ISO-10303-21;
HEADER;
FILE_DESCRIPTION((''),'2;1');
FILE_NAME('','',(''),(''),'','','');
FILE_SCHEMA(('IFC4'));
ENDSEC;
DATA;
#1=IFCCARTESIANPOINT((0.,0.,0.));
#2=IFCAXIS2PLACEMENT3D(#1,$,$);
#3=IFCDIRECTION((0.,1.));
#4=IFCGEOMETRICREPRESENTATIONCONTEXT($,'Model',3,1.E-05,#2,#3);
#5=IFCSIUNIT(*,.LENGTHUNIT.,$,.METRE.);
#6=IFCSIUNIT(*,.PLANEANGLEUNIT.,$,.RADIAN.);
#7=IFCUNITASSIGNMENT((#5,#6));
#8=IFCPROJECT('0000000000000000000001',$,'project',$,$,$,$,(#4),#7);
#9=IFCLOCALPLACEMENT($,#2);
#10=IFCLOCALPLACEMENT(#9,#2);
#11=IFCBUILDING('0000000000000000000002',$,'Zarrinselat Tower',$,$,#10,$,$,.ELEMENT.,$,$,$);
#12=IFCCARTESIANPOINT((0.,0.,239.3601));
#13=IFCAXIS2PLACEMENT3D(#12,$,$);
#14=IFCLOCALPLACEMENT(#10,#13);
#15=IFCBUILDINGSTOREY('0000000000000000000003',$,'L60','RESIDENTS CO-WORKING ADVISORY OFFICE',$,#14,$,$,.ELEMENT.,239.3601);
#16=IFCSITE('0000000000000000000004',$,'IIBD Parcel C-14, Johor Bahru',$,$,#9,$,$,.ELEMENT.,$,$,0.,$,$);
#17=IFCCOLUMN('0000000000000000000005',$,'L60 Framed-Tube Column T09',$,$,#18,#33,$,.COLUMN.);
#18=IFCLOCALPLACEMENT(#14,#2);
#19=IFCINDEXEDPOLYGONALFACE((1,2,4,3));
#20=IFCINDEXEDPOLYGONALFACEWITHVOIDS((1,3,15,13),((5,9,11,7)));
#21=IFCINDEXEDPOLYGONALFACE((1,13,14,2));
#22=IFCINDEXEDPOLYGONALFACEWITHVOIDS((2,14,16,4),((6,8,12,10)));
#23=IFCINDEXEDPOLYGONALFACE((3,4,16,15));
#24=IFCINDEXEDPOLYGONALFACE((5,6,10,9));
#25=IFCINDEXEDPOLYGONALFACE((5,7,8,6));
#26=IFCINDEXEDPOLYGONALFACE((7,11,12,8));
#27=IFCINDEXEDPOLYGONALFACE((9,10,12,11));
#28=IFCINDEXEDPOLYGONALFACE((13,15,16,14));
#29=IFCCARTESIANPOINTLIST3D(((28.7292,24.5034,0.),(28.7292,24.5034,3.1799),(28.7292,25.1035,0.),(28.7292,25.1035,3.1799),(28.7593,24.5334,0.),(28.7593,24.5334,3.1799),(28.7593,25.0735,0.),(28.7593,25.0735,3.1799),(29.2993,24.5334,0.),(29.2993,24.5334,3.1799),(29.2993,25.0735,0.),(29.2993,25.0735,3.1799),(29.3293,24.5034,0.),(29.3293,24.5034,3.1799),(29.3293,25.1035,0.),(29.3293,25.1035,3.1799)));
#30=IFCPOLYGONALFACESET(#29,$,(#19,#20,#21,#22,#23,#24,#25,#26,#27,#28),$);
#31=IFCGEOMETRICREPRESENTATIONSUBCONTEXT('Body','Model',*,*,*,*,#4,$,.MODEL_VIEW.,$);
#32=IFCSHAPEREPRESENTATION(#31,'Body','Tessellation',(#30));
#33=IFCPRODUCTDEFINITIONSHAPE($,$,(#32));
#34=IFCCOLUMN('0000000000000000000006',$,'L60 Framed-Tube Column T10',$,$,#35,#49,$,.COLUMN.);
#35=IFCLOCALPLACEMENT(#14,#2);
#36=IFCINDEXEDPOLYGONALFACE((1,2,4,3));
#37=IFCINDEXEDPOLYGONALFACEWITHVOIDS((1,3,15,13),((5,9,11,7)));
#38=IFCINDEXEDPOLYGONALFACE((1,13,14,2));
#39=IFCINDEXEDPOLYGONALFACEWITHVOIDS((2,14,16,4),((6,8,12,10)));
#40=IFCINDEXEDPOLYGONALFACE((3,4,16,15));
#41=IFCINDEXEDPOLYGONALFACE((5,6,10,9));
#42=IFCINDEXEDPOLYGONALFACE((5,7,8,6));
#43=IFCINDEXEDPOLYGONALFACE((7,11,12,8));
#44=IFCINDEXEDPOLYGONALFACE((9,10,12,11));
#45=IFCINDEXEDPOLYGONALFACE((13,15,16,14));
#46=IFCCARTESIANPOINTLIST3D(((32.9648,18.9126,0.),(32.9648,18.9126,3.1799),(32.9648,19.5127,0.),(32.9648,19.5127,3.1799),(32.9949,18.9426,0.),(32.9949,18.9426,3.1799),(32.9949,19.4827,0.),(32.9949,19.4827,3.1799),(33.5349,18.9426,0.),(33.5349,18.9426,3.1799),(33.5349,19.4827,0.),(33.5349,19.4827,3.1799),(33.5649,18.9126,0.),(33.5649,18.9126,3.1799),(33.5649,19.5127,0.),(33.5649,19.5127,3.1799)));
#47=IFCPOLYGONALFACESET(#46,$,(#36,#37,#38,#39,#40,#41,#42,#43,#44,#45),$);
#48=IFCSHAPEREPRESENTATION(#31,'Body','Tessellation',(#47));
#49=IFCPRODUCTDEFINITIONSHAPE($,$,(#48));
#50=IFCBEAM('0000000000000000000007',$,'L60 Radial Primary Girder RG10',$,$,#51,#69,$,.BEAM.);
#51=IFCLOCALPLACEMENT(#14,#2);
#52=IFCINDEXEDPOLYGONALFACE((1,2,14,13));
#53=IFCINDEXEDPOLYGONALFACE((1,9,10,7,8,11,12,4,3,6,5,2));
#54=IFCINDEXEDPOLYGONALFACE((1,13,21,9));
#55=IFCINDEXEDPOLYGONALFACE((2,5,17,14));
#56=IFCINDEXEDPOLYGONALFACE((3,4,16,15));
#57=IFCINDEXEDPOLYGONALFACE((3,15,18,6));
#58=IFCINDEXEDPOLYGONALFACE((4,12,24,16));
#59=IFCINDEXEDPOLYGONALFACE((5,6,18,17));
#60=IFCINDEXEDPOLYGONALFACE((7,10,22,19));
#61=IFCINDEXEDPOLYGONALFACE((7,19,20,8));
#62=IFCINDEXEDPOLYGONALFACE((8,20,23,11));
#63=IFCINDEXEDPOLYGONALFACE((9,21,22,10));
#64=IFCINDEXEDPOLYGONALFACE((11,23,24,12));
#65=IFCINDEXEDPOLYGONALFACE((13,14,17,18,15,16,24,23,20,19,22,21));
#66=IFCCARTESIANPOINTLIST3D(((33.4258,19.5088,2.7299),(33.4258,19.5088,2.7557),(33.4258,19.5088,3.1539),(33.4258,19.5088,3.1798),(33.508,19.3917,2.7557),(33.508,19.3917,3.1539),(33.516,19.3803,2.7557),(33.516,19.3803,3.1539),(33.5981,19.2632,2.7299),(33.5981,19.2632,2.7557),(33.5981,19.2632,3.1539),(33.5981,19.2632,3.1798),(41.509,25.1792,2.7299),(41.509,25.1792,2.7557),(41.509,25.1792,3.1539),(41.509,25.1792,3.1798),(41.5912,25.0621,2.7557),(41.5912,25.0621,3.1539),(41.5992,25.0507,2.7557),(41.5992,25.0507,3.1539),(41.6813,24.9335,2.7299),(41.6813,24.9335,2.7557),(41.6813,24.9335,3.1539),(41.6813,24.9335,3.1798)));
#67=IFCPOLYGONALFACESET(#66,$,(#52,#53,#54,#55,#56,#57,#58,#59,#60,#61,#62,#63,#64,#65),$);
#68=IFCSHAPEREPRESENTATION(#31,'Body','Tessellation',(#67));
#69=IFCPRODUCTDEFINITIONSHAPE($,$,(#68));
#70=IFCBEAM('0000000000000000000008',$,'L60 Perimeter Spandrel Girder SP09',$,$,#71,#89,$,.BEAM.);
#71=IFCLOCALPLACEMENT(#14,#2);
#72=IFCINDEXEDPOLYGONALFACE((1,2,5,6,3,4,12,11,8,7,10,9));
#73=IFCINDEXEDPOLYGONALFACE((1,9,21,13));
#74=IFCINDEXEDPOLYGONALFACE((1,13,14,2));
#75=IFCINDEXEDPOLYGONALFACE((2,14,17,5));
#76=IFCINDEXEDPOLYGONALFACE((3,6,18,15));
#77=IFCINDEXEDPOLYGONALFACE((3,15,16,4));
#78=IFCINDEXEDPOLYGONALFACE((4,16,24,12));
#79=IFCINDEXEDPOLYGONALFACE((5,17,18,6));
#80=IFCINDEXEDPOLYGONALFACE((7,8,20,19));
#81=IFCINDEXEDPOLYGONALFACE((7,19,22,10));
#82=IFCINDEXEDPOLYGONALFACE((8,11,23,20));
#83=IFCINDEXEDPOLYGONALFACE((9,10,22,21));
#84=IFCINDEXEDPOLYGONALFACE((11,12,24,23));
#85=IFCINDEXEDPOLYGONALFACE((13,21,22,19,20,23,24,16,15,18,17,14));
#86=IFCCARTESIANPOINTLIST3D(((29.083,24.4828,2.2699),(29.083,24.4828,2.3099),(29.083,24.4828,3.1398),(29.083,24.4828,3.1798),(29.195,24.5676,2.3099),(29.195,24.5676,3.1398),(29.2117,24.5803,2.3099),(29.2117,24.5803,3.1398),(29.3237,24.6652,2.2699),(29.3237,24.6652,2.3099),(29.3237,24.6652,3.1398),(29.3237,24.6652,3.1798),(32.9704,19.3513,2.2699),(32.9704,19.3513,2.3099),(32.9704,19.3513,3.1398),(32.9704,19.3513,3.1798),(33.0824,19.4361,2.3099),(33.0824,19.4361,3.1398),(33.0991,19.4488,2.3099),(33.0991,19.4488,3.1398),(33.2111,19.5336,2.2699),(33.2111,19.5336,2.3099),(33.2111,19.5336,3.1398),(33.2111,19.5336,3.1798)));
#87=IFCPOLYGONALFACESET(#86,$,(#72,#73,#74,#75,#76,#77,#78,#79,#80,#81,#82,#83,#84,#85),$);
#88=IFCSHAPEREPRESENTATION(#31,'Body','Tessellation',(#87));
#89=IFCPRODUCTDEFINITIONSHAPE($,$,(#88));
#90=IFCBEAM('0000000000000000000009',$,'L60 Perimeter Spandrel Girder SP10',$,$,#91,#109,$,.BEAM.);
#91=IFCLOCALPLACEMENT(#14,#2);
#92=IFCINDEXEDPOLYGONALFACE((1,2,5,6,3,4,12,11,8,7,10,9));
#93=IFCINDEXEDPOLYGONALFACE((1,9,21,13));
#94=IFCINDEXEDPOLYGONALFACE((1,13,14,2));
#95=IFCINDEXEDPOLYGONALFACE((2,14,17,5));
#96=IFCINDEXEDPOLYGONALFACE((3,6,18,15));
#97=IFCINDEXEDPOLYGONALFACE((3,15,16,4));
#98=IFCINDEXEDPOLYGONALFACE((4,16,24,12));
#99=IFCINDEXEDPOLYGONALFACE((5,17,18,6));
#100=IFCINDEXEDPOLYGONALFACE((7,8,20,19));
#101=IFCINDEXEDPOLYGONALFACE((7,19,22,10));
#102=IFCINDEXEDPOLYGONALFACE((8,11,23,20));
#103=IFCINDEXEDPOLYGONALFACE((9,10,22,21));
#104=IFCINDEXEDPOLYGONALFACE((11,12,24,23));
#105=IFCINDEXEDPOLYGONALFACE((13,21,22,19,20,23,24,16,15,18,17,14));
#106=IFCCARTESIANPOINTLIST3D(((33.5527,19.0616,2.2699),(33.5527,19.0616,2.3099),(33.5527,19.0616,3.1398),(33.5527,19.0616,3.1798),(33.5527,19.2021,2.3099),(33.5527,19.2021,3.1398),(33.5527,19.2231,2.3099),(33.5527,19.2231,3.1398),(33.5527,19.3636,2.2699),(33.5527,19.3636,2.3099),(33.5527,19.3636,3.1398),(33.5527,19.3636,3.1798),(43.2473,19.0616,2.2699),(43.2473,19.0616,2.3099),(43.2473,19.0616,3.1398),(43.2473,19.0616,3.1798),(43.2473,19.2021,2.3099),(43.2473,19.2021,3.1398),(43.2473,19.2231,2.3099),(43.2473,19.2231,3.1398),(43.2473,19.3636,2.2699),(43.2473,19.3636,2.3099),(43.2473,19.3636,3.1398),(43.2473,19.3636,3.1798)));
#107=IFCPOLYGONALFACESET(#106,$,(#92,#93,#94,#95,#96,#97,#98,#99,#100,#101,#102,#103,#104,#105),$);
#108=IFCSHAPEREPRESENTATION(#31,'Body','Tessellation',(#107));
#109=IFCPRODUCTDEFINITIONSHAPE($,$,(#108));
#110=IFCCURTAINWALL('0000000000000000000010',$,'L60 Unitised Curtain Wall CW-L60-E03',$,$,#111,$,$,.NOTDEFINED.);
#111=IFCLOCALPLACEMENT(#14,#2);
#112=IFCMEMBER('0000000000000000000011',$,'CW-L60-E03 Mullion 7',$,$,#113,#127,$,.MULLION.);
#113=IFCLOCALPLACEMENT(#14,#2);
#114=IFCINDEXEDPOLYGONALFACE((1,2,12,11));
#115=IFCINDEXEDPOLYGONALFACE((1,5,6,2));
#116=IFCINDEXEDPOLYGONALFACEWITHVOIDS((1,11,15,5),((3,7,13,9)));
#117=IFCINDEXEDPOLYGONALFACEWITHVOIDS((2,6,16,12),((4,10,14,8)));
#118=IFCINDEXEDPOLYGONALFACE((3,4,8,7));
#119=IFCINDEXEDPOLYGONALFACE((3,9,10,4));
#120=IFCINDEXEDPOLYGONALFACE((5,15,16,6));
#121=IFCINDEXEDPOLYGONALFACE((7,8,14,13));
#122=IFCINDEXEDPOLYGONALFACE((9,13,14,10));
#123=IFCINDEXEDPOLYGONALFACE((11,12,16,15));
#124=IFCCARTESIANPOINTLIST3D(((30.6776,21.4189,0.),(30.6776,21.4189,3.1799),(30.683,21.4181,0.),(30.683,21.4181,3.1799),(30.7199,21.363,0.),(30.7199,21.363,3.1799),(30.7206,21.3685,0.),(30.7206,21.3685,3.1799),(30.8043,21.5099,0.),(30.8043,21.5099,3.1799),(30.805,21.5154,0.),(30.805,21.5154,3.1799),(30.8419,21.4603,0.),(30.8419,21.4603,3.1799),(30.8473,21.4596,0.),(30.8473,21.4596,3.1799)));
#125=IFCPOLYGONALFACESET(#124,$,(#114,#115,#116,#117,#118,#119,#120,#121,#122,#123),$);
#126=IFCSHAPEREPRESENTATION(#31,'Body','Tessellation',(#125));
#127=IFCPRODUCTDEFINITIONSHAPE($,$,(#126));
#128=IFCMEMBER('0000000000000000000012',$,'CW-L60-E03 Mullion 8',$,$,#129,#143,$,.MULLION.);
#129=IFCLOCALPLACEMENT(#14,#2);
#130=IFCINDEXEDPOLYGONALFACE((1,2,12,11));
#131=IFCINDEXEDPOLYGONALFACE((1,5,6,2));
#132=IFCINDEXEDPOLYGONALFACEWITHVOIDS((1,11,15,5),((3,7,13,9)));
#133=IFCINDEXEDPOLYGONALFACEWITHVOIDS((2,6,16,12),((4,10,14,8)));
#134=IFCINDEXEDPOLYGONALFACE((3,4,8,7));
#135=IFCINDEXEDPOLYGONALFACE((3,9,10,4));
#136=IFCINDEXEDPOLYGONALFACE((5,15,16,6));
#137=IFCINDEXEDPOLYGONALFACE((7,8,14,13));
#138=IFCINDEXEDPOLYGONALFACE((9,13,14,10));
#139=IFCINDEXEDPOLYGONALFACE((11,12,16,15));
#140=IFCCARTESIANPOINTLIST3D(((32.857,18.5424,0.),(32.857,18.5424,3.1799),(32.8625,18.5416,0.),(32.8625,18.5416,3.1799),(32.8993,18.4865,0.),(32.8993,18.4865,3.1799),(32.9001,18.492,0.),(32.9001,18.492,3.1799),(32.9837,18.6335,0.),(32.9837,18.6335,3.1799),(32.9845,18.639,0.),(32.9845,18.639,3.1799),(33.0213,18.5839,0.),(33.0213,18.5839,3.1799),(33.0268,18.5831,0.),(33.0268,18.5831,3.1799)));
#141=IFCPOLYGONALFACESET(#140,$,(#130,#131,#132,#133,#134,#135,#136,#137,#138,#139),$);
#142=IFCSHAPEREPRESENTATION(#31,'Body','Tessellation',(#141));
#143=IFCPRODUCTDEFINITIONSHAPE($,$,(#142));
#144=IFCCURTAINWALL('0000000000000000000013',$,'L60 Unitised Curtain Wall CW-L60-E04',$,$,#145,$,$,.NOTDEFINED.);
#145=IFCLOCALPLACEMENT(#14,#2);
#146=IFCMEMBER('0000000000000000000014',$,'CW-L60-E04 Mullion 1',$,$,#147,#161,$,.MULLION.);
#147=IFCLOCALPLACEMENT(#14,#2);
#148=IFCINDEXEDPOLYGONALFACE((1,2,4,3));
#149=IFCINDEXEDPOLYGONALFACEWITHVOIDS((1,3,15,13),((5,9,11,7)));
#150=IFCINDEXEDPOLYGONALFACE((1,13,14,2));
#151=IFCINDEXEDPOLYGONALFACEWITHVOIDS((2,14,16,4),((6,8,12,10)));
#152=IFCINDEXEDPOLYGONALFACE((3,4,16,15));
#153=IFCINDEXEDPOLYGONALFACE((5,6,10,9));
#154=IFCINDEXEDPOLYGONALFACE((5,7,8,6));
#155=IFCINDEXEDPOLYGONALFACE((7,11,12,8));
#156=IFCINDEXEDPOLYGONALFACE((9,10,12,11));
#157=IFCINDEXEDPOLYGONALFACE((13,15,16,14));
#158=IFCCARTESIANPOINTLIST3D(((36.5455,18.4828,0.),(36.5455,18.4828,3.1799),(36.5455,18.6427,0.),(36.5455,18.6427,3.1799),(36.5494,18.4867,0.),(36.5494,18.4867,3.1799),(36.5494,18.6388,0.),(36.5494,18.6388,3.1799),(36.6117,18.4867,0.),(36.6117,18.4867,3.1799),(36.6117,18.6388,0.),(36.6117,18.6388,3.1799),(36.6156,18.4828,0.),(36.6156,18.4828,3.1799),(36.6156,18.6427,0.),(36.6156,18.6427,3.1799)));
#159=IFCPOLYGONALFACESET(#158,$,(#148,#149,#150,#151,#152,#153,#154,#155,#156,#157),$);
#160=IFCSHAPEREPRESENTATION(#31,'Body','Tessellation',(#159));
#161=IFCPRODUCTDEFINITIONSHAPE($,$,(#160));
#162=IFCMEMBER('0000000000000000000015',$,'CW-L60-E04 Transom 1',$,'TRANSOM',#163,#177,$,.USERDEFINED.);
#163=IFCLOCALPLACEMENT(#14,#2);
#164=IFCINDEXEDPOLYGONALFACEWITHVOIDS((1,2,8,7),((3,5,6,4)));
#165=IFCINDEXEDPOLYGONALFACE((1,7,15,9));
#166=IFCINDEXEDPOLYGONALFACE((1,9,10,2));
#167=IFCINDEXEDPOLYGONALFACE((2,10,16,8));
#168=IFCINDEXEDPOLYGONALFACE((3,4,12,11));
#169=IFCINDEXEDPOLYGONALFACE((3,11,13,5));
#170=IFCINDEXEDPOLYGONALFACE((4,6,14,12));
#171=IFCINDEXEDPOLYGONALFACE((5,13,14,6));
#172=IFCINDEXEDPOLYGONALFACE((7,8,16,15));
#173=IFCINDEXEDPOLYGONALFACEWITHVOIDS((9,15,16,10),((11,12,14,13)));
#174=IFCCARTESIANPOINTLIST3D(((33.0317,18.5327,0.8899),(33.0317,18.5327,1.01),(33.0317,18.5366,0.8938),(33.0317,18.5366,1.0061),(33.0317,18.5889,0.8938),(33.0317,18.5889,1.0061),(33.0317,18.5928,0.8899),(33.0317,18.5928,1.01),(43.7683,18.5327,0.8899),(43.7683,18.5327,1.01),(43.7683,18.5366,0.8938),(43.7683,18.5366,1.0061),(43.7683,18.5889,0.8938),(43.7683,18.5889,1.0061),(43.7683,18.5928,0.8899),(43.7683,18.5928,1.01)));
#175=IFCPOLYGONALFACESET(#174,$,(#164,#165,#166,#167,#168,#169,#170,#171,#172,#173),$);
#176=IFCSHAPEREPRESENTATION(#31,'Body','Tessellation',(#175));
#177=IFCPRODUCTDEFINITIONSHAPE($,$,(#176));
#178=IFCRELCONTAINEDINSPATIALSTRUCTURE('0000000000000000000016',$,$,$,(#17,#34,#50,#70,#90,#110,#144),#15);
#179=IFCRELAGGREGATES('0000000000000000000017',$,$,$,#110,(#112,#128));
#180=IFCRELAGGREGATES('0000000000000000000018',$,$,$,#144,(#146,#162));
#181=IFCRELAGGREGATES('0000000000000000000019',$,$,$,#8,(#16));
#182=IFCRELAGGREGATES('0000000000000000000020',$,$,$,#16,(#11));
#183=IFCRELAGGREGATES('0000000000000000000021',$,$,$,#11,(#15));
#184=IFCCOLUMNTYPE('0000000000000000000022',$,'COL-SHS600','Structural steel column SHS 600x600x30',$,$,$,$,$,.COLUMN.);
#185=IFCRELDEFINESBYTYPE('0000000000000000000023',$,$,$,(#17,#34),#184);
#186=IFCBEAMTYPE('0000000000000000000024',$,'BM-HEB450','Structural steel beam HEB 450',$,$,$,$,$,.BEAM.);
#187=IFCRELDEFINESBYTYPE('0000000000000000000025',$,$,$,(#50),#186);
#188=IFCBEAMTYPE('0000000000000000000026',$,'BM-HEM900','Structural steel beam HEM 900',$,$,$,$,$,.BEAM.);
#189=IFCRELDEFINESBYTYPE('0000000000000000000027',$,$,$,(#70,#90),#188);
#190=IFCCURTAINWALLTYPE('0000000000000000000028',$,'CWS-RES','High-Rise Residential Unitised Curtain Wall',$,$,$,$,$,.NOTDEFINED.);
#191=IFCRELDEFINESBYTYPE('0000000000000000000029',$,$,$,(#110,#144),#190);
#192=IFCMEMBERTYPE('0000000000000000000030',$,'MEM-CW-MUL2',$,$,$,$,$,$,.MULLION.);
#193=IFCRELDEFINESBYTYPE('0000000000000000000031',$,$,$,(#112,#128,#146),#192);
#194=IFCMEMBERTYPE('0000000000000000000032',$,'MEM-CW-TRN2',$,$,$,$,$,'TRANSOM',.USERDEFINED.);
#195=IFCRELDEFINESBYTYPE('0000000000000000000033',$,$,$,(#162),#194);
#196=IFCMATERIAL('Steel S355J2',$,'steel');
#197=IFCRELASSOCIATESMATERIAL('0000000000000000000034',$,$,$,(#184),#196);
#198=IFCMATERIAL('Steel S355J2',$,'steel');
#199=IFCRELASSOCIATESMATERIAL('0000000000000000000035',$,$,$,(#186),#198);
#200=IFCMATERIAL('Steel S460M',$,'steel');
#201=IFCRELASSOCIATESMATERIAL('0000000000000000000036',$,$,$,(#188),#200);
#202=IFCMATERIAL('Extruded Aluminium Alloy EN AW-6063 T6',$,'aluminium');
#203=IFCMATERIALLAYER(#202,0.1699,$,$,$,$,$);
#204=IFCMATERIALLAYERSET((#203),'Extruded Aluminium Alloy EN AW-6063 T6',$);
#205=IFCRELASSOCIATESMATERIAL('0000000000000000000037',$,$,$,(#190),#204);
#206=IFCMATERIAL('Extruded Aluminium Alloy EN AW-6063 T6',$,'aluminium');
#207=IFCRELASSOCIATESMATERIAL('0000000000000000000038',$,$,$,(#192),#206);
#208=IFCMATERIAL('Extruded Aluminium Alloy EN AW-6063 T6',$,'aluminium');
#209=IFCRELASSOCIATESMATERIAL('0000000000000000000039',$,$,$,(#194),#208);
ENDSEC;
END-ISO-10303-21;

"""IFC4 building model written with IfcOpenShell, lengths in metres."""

from ifc_helpers import new_model, si_unit, direction, frame, origin, origin_2d, place, context, subcontext, project, spatial, hollow_rectangle, i_section, extrude, material, layer, layer_set, material_profile, profile_set, type_object, element, aggregate, save


model = new_model("IFC4")

# Units and contexts
model_context = context("Model", 3, precision=1e-05, world=origin(), true_north=direction((0.0, 1.0)))
body_context = subcontext(model_context, "Body", "Model", "MODEL_VIEW")
ifc_project = project(units=[si_unit("LENGTHUNIT", "METRE"), si_unit("PLANEANGLEUNIT", "RADIAN")], contexts=[model_context])

# Site, building, storey
site_placement = place(None, origin())
site = spatial("IfcSite", under=ifc_project, at=site_placement, Name="IIBD Parcel C-14, Johor Bahru", CompositionType="ELEMENT", RefElevation=0.0)
building_placement = place(site_placement, origin())
building = spatial("IfcBuilding", under=site, at=building_placement, Name="Zarrinselat Tower", CompositionType="ELEMENT")
storey_placement = place(building_placement, frame((0.0, 0.0, 239.3601)))
storey = spatial("IfcBuildingStorey", under=building, at=storey_placement, Name="L60", Description="RESIDENTS CO-WORKING ADVISORY OFFICE", CompositionType="ELEMENT", Elevation=239.3601)

# Columns
ifc_material_1 = material(Name="Steel S355J2", Category="steel")
ifc_material_profile_1 = material_profile(ifc_material_1, hollow_rectangle(XDim=0.6001, YDim=0.6001, WallThickness=0.03, at=origin_2d()), Name="SHS 600x600x30")
ifc_profile_set_1 = profile_set([ifc_material_profile_1], Name="Steel S355J2")
column_type = type_object("IfcColumnType", Name="COL-SHS600", Description="Structural steel column SHS 600x600x30", PredefinedType="COLUMN", material=ifc_profile_set_1)
for number, where, z_axis, x_axis, name in (
    (1, (29.0293, 24.8035, 0.0), (0.0, 0.0, 1.0), (1.0, 0.0, 0.0), "L60 Framed-Tube Column T09"),
    (2, (33.2649, 19.2126, 0.0), (0.0, 0.0, 1.0), (1.0, 0.0, 0.0), "L60 Framed-Tube Column T10"),
):
    element("IfcColumn", number, at=place(storey_placement, frame(where, z_axis=z_axis, x_axis=x_axis)), inside=storey, type_object=column_type, Name=name, PredefinedType="COLUMN", context=body_context, shape_type="SweptSolid", body=[
        extrude(hollow_rectangle(XDim=0.6001, YDim=0.6001, WallThickness=0.03, at=origin_2d()), origin(), (0.0, 0.0, 1.0), 3.1799),
    ])

# Beams
ifc_material_2 = material(Name="Steel S355J2", Category="steel")
ifc_material_profile_2 = material_profile(ifc_material_2, i_section(OverallWidth=0.3, OverallDepth=0.45, WebThickness=0.0139, FlangeThickness=0.0259, at=origin_2d()), Name="HEB 450")
ifc_profile_set_2 = profile_set([ifc_material_profile_2], Name="Steel S355J2")
beam_type_1 = type_object("IfcBeamType", Name="BM-HEB450", Description="Structural steel beam HEB 450", PredefinedType="BEAM", material=ifc_profile_set_2)
beam_1_placement = place(storey_placement, frame((33.512, 19.386, 2.9548), z_axis=(0.818654, 0.574287, 0.0), x_axis=(-0.574287, 0.818654, 0.0)))
element("IfcBeam", 3, at=beam_1_placement, inside=storey, type_object=beam_type_1, Name="L60 Radial Primary Girder RG10", PredefinedType="BEAM", context=body_context, shape_type="SweptSolid", body=[
    extrude(i_section(OverallWidth=0.3, OverallDepth=0.45, WebThickness=0.0139, FlangeThickness=0.0259, at=origin_2d()), origin(), (0.0, 0.0, 1.0), 9.8738),
])
ifc_material_3 = material(Name="Steel S460M", Category="steel")
ifc_material_profile_3 = material_profile(ifc_material_3, i_section(OverallWidth=0.302, OverallDepth=0.9099, WebThickness=0.021, FlangeThickness=0.04, at=origin_2d()), Name="HEM 900")
ifc_profile_set_3 = profile_set([ifc_material_profile_3], Name="Steel S460M")
beam_type_2 = type_object("IfcBeamType", Name="BM-HEM900", Description="Structural steel beam HEM 900", PredefinedType="BEAM", material=ifc_profile_set_3)
beam_2_placement = place(storey_placement, frame((29.2034, 24.574, 2.7249), z_axis=(0.603846, -0.797101, 0.0), x_axis=(0.797101, 0.603846, 0.0)))
element("IfcBeam", 4, at=beam_2_placement, inside=storey, type_object=beam_type_2, Name="L60 Perimeter Spandrel Girder SP09", PredefinedType="BEAM", context=body_context, shape_type="SweptSolid", body=[
    extrude(i_section(OverallWidth=0.302, OverallDepth=0.9099, WebThickness=0.021, FlangeThickness=0.04, at=origin_2d()), origin(), (0.0, 0.0, 1.0), 6.4377),
])
beam_3_placement = place(storey_placement, frame((33.5527, 19.2126, 2.7249), z_axis=(1.0, 0.0, 0.0), x_axis=(0.0, 1.0, 0.0)))
element("IfcBeam", 5, at=beam_3_placement, inside=storey, type_object=beam_type_2, Name="L60 Perimeter Spandrel Girder SP10", PredefinedType="BEAM", context=body_context, shape_type="SweptSolid", body=[
    extrude(i_section(OverallWidth=0.302, OverallDepth=0.9099, WebThickness=0.021, FlangeThickness=0.04, at=origin_2d()), origin(), (0.0, 0.0, 1.0), 9.6946),
])

# Curtain walls, members
ifc_material_4 = material(Name="Extruded Aluminium Alloy EN AW-6063 T6", Category="aluminium")
ifc_layer_1 = layer(ifc_material_4, 0.1699)
ifc_layer_set_1 = layer_set([ifc_layer_1], Name="Extruded Aluminium Alloy EN AW-6063 T6")
curtain_wall_type = type_object("IfcCurtainWallType", Name="CWS-RES", Description="High-Rise Residential Unitised Curtain Wall", PredefinedType="NOTDEFINED", material=ifc_layer_set_1)
curtain_wall_1_placement = place(storey_placement, origin())
curtain_wall_1 = element("IfcCurtainWall", 6, at=curtain_wall_1_placement, inside=storey, type_object=curtain_wall_type, Name="L60 Unitised Curtain Wall CW-L60-E03", PredefinedType="NOTDEFINED")
ifc_material_5 = material(Name="Extruded Aluminium Alloy EN AW-6063 T6", Category="aluminium")
ifc_material_profile_4 = material_profile(ifc_material_5, hollow_rectangle(XDim=0.0701, YDim=0.1599, WallThickness=0.0039, at=origin_2d()), Name="RHS 160x70x4")
ifc_profile_set_4 = profile_set([ifc_material_profile_4], Name="Extruded Aluminium Alloy EN AW-6063 T6")
member_type_1 = type_object("IfcMemberType", Name="MEM-CW-MUL2", PredefinedType="MULLION", material=ifc_profile_set_4)
member_1_placement = place(storey_placement, frame((30.7625, 21.4392, 0.0), z_axis=(0.0, 0.0, 1.0), x_axis=(0.603858, -0.797092, 0.0)))
member_1 = element("IfcMember", 7, at=member_1_placement, type_object=member_type_1, Name="CW-L60-E03 Mullion 7", PredefinedType="MULLION", context=body_context, shape_type="SweptSolid", body=[
    extrude(hollow_rectangle(XDim=0.0701, YDim=0.1599, WallThickness=0.0039, at=origin_2d()), origin(), (0.0, 0.0, 1.0), 3.1799),
])
member_2_placement = place(storey_placement, frame((32.9419, 18.5627, 0.0), z_axis=(0.0, 0.0, 1.0), x_axis=(0.603858, -0.797092, 0.0)))
member_2 = element("IfcMember", 8, at=member_2_placement, type_object=member_type_1, Name="CW-L60-E03 Mullion 8", PredefinedType="MULLION", context=body_context, shape_type="SweptSolid", body=[
    extrude(hollow_rectangle(XDim=0.0701, YDim=0.1599, WallThickness=0.0039, at=origin_2d()), origin(), (0.0, 0.0, 1.0), 3.1799),
])
curtain_wall_2_placement = place(storey_placement, origin())
curtain_wall_2 = element("IfcCurtainWall", 9, at=curtain_wall_2_placement, inside=storey, type_object=curtain_wall_type, Name="L60 Unitised Curtain Wall CW-L60-E04", PredefinedType="NOTDEFINED")
member_3_placement = place(storey_placement, frame((36.5806, 18.5627, 0.0), z_axis=(0.0, 0.0, 1.0), x_axis=(1.0, 0.0, 0.0)))
member_3 = element("IfcMember", 10, at=member_3_placement, type_object=member_type_1, Name="CW-L60-E04 Mullion 1", PredefinedType="MULLION", context=body_context, shape_type="SweptSolid", body=[
    extrude(hollow_rectangle(XDim=0.0701, YDim=0.1599, WallThickness=0.0039, at=origin_2d()), origin(), (0.0, 0.0, 1.0), 3.1799),
])
ifc_material_6 = material(Name="Extruded Aluminium Alloy EN AW-6063 T6", Category="aluminium")
ifc_material_profile_5 = material_profile(ifc_material_6, hollow_rectangle(XDim=0.0601, YDim=0.1201, WallThickness=0.0039, at=origin_2d()), Name="RHS 120x60x4")
ifc_profile_set_5 = profile_set([ifc_material_profile_5], Name="Extruded Aluminium Alloy EN AW-6063 T6")
member_type_2 = type_object("IfcMemberType", Name="MEM-CW-TRN2", ElementType="TRANSOM", PredefinedType="USERDEFINED", material=ifc_profile_set_5)
member_4_placement = place(storey_placement, frame((33.0317, 18.5627, 0.95), z_axis=(1.0, 0.0, 0.0), x_axis=(0.0, 1.0, 0.0)))
member_4 = element("IfcMember", 11, at=member_4_placement, type_object=member_type_2, Name="CW-L60-E04 Transom 1", ObjectType="TRANSOM", PredefinedType="USERDEFINED", context=body_context, shape_type="SweptSolid", body=[
    extrude(hollow_rectangle(XDim=0.0601, YDim=0.1201, WallThickness=0.0039, at=origin_2d()), origin(), (0.0, 0.0, 1.0), 10.7366),
])

aggregate(curtain_wall_1, [member_1, member_2])
aggregate(curtain_wall_2, [member_3, member_4])

save(model, "model.ifc")
